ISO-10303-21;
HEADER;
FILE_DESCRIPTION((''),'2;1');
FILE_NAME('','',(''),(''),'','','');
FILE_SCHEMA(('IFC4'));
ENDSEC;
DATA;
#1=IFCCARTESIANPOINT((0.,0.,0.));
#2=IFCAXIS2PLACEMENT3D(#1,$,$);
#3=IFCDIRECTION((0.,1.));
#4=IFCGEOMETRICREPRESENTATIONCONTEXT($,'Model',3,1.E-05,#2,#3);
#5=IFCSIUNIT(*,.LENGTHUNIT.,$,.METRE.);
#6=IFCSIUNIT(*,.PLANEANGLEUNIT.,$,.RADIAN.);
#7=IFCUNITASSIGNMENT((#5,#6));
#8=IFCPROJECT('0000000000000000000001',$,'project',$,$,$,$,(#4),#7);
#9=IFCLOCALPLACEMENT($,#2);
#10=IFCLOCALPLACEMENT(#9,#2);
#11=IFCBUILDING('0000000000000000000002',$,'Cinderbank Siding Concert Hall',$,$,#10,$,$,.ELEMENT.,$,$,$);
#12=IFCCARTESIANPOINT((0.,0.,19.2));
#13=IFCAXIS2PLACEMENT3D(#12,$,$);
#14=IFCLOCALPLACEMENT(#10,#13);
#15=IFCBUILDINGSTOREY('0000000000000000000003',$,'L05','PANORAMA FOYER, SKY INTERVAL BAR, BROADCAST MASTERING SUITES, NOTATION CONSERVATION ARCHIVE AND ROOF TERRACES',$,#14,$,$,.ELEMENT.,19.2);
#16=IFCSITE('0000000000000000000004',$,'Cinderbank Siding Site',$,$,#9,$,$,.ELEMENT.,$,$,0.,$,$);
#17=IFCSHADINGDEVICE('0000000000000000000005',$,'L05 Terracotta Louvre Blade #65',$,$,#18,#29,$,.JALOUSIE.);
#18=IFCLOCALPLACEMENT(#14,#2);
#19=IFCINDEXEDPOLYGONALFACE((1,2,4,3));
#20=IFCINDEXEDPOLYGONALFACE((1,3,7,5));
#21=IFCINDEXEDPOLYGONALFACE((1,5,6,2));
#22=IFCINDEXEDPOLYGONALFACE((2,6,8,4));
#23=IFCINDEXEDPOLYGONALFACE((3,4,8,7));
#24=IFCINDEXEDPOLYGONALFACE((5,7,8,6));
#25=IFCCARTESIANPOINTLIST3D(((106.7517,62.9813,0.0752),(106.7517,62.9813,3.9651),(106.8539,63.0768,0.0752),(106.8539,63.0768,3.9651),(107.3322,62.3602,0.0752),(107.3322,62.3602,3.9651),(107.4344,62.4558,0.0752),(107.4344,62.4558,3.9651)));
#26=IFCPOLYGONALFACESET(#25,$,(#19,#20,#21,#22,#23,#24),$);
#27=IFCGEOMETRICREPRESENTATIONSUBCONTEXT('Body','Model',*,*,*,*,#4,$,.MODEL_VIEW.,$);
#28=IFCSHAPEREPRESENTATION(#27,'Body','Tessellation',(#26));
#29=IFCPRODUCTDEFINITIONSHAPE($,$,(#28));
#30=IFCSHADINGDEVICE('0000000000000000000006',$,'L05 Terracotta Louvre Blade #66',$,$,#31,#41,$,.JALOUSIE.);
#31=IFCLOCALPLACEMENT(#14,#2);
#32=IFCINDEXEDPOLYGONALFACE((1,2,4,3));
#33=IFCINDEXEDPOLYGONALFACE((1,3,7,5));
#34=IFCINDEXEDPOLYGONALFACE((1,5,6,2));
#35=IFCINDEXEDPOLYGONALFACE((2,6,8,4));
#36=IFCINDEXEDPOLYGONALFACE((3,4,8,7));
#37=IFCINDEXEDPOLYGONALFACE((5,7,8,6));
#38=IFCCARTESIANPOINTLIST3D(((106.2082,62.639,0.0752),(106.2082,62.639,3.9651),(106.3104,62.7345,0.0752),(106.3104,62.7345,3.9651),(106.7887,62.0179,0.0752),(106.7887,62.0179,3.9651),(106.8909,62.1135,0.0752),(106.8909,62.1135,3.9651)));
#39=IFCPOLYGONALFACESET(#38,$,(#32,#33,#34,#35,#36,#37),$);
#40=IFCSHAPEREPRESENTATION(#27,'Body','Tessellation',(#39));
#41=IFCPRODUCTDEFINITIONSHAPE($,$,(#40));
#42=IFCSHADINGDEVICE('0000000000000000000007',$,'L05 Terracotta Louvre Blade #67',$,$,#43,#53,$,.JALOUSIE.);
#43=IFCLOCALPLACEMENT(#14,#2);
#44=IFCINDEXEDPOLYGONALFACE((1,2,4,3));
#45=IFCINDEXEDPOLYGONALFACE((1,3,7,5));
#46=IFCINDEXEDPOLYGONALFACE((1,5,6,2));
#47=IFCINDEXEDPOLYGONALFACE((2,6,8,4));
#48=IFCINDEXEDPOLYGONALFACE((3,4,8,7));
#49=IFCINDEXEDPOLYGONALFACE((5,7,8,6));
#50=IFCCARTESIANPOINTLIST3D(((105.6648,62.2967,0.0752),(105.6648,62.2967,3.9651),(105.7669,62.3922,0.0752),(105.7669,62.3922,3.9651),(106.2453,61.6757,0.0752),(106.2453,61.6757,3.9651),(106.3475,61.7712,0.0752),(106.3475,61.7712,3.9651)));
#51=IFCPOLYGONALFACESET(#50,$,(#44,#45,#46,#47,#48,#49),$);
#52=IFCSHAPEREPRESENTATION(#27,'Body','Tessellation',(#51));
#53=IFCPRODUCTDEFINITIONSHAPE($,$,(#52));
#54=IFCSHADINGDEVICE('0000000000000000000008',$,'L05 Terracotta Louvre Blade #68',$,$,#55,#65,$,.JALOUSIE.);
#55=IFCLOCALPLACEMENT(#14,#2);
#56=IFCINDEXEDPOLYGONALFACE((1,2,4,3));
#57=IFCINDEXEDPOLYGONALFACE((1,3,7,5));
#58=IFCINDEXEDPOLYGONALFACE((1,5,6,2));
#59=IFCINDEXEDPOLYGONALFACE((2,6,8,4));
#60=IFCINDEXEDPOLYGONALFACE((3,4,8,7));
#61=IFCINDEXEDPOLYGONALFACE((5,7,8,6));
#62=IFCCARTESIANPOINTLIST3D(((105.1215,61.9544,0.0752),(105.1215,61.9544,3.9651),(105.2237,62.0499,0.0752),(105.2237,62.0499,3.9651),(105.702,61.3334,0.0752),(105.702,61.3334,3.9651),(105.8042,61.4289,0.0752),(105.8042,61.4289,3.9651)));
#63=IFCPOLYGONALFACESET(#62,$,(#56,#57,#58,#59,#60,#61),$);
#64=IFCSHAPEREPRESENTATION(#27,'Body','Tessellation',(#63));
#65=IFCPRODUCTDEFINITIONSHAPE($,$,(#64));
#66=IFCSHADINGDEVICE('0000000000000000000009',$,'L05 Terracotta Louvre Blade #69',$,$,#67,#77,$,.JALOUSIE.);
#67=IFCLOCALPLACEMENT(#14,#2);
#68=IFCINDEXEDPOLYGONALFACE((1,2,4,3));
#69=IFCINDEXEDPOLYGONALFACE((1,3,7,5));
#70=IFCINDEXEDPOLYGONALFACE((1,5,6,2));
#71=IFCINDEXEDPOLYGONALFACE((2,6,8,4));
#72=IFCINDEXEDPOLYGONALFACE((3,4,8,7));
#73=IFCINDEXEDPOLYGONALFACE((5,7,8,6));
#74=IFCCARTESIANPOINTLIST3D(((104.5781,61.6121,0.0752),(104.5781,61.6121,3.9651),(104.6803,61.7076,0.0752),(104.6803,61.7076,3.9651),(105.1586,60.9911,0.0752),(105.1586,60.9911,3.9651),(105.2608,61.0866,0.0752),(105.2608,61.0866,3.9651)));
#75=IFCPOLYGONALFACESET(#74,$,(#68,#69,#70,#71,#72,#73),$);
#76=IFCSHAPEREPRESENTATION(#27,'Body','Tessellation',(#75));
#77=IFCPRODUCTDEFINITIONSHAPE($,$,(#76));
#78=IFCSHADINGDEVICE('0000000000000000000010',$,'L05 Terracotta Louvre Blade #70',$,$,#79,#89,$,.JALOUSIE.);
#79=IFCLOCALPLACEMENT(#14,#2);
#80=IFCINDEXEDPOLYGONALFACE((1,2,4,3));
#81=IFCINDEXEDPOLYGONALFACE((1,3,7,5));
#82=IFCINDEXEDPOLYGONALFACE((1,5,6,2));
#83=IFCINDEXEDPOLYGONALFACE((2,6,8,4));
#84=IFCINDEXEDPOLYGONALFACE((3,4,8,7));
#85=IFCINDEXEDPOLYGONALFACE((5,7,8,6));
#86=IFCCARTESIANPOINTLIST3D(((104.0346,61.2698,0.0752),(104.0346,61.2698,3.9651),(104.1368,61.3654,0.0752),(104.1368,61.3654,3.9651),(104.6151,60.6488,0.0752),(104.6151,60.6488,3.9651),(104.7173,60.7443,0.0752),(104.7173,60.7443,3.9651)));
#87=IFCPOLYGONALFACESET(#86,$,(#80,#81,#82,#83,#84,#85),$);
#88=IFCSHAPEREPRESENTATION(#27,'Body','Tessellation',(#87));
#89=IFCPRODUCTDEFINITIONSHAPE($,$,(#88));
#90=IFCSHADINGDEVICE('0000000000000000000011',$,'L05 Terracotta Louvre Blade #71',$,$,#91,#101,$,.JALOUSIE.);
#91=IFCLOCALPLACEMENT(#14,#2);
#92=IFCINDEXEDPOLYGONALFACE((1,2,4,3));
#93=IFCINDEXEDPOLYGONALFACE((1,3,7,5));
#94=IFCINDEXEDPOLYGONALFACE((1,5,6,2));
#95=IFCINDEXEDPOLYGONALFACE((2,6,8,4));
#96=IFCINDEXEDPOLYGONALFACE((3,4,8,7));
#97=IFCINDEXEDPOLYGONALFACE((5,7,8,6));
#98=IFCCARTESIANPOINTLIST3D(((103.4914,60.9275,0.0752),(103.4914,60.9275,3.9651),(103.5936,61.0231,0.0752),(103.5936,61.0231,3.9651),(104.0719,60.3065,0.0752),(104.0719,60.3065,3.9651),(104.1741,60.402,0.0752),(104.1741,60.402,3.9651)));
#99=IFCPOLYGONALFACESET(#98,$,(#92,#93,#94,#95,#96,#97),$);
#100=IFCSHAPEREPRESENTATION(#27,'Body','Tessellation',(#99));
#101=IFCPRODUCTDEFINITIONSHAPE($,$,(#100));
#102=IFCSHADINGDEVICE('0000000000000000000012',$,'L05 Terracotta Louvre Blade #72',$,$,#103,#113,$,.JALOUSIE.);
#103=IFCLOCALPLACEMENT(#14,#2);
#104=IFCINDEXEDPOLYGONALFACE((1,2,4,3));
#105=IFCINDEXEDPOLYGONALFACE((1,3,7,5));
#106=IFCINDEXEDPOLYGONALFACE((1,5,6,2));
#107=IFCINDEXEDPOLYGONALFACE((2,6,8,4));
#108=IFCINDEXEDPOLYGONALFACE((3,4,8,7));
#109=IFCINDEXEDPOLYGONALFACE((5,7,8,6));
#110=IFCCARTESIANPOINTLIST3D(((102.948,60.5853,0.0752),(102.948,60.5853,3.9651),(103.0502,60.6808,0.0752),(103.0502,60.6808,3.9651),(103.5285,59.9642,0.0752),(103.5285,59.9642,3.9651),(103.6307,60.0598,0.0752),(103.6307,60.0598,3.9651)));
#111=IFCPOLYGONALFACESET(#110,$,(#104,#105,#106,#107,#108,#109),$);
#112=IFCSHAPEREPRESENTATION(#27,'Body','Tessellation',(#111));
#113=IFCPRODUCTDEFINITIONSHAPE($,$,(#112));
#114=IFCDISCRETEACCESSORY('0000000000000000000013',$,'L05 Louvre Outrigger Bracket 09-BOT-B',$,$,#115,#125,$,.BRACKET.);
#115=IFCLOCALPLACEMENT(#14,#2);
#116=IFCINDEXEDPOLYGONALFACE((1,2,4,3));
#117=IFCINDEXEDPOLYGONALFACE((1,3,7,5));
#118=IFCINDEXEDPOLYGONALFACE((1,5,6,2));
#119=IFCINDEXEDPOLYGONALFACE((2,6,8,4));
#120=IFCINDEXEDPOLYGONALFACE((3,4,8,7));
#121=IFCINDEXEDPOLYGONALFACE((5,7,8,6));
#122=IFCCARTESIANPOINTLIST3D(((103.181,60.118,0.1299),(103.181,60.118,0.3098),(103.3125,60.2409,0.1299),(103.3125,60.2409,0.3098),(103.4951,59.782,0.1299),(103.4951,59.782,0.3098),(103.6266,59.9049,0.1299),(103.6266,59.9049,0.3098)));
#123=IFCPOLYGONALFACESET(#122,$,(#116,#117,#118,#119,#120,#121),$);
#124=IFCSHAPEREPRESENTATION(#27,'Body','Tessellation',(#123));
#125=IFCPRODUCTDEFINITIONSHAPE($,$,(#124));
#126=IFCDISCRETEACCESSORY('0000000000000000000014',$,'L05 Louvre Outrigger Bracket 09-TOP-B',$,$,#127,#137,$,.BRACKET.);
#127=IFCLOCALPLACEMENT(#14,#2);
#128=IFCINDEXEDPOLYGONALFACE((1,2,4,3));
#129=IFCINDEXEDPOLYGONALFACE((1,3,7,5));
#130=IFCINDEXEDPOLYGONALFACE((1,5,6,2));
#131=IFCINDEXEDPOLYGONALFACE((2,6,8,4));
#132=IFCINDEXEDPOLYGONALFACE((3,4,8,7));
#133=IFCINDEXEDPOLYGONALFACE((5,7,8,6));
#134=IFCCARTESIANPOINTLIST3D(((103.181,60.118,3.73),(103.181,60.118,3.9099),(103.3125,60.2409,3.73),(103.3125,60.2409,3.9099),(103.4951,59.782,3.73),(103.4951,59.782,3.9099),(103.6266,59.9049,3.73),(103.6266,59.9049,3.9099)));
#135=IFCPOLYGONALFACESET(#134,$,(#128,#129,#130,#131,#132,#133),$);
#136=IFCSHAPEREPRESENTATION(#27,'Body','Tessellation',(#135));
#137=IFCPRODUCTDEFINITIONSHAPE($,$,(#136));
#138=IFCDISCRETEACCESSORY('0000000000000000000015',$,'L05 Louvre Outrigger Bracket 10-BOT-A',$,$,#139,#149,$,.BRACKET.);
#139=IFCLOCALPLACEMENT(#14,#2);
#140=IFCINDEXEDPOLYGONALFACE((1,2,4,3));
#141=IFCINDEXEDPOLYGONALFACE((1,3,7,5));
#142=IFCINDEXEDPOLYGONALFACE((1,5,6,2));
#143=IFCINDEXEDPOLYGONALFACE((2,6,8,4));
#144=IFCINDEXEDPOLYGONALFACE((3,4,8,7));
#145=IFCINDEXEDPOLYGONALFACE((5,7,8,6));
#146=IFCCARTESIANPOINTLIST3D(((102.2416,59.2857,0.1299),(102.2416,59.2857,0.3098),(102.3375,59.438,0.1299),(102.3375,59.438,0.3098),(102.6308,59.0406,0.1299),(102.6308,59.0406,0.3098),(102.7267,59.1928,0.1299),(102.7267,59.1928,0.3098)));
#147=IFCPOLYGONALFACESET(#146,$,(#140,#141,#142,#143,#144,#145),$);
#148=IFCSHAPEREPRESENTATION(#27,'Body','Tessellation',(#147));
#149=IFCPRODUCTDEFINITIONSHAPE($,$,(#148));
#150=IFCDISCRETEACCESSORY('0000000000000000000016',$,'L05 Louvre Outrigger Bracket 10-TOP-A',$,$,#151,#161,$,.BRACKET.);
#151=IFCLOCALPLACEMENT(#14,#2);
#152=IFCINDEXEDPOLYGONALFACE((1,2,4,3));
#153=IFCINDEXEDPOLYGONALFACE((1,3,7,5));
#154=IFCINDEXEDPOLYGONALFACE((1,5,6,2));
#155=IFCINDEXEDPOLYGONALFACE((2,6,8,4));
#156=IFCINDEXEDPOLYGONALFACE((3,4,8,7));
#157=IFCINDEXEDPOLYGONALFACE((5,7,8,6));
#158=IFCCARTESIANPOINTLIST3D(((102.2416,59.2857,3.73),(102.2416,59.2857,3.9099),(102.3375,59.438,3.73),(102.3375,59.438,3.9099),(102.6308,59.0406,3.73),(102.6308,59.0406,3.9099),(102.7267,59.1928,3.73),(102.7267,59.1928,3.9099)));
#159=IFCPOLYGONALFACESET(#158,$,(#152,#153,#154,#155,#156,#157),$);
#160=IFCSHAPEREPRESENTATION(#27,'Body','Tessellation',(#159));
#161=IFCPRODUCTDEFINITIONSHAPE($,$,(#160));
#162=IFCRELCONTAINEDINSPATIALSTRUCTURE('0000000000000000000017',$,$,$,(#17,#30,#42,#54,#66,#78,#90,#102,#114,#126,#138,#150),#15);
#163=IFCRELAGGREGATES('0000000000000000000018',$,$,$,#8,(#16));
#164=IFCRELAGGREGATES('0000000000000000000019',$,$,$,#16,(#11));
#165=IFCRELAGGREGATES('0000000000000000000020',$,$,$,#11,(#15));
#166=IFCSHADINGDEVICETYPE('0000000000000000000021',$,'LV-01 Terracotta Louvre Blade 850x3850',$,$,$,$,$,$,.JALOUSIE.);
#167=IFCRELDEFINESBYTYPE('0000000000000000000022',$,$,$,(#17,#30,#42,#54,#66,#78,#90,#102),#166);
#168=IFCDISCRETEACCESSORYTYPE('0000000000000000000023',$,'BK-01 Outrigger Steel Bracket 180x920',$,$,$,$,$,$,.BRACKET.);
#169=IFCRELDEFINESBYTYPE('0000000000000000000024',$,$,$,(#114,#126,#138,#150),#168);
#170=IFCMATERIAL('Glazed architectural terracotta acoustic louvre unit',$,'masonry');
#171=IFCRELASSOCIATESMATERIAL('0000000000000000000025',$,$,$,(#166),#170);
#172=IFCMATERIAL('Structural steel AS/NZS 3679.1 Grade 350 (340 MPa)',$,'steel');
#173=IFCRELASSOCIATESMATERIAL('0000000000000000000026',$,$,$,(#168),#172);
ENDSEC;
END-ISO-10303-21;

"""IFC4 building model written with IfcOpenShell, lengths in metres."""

from ifc_helpers import new_model, si_unit, direction, frame, origin, origin_2d, place, context, subcontext, project, spatial, rectangle, extrude, material, type_object, element, save


model = new_model("IFC4")

# Units and contexts
model_context = context("Model", 3, precision=1e-05, world=origin(), true_north=direction((0.0, 1.0)))
body_context = subcontext(model_context, "Body", "Model", "MODEL_VIEW")
ifc_project = project(units=[si_unit("LENGTHUNIT", "METRE"), si_unit("PLANEANGLEUNIT", "RADIAN")], contexts=[model_context])

# Site, building, storey
site_placement = place(None, origin())
site = spatial("IfcSite", under=ifc_project, at=site_placement, Name="Cinderbank Siding Site", CompositionType="ELEMENT", RefElevation=0.0)
building_placement = place(site_placement, origin())
building = spatial("IfcBuilding", under=site, at=building_placement, Name="Cinderbank Siding Concert Hall", CompositionType="ELEMENT")
storey_placement = place(building_placement, frame((0.0, 0.0, 19.2)))
storey = spatial("IfcBuildingStorey", under=building, at=storey_placement, Name="L05", Description="PANORAMA FOYER, SKY INTERVAL BAR, BROADCAST MASTERING SUITES, NOTATION CONSERVATION ARCHIVE AND ROOF TERRACES", CompositionType="ELEMENT", Elevation=19.2)

# Shared definitions
ifc_material_1 = material(Name="Structural steel AS/NZS 3679.1 Grade 350 (340 MPa)", Category="steel")

# Shading devices
ifc_material_2 = material(Name="Glazed architectural terracotta acoustic louvre unit", Category="masonry")
shading_device_type = type_object("IfcShadingDeviceType", Name="LV-01 Terracotta Louvre Blade 850x3850", PredefinedType="JALOUSIE", material=ifc_material_2)
for number, where, z_axis, x_axis, name in (
    (1, (107.093, 62.7185, 0.0752), (0.0, 0.0, 1.0), (-0.682869, 0.730541, 0.0), "L05 Terracotta Louvre Blade #65"),
    (2, (106.5496, 62.3762, 0.0752), (0.0, 0.0, 1.0), (-0.682869, 0.730541, 0.0), "L05 Terracotta Louvre Blade #66"),
    (3, (106.0061, 62.0339, 0.0752), (0.0, 0.0, 1.0), (-0.682869, 0.730541, 0.0), "L05 Terracotta Louvre Blade #67"),
    (4, (105.4629, 61.6917, 0.0752), (0.0, 0.0, 1.0), (-0.682869, 0.730541, 0.0), "L05 Terracotta Louvre Blade #68"),
    (5, (104.9194, 61.3494, 0.0752), (0.0, 0.0, 1.0), (-0.682869, 0.730541, 0.0), "L05 Terracotta Louvre Blade #69"),
    (6, (104.376, 61.0071, 0.0752), (0.0, 0.0, 1.0), (-0.682869, 0.730541, 0.0), "L05 Terracotta Louvre Blade #70"),
    (7, (103.8328, 60.6648, 0.0752), (0.0, 0.0, 1.0), (-0.682869, 0.730541, 0.0), "L05 Terracotta Louvre Blade #71"),
    (8, (103.2893, 60.3225, 0.0752), (0.0, 0.0, 1.0), (-0.682869, 0.730541, 0.0), "L05 Terracotta Louvre Blade #72"),
):
    element("IfcShadingDevice", number, at=place(storey_placement, frame(where, z_axis=z_axis, x_axis=x_axis)), inside=storey, type_object=shading_device_type, Name=name, PredefinedType="JALOUSIE", context=body_context, shape_type="SweptSolid", body=[
        extrude(rectangle(XDim=0.8501, YDim=0.1399, at=origin_2d()), origin(), (0.0, 0.0, 1.0), 3.8899),
    ])

# Discrete accessories
discrete_accessory_type = type_object("IfcDiscreteAccessoryType", Name="BK-01 Outrigger Steel Bracket 180x920", PredefinedType="BRACKET", material=ifc_material_1)
for number, where, z_axis, x_axis, name in (
    (9, (103.4038, 60.0115, 0.1299), (0.0, 0.0, 1.0), (-0.682869, 0.730541, 0.0), "L05 Louvre Outrigger Bracket 09-BOT-B"),
    (10, (103.4038, 60.0115, 3.73), (0.0, 0.0, 1.0), (-0.682869, 0.730541, 0.0), "L05 Louvre Outrigger Bracket 09-TOP-B"),
    (11, (102.4841, 59.2393, 0.1299), (0.0, 0.0, 1.0), (-0.846132, 0.532973, 0.0), "L05 Louvre Outrigger Bracket 10-BOT-A"),
    (12, (102.4841, 59.2393, 3.73), (0.0, 0.0, 1.0), (-0.846132, 0.532973, 0.0), "L05 Louvre Outrigger Bracket 10-TOP-A"),
):
    element("IfcDiscreteAccessory", number, at=place(storey_placement, frame(where, z_axis=z_axis, x_axis=x_axis)), inside=storey, type_object=discrete_accessory_type, Name=name, PredefinedType="BRACKET", context=body_context, shape_type="SweptSolid", body=[
        extrude(rectangle(XDim=0.46, YDim=0.1799, at=origin_2d()), origin(), (0.0, 0.0, 1.0), 0.1799),
    ])

save(model, "model.ifc")
